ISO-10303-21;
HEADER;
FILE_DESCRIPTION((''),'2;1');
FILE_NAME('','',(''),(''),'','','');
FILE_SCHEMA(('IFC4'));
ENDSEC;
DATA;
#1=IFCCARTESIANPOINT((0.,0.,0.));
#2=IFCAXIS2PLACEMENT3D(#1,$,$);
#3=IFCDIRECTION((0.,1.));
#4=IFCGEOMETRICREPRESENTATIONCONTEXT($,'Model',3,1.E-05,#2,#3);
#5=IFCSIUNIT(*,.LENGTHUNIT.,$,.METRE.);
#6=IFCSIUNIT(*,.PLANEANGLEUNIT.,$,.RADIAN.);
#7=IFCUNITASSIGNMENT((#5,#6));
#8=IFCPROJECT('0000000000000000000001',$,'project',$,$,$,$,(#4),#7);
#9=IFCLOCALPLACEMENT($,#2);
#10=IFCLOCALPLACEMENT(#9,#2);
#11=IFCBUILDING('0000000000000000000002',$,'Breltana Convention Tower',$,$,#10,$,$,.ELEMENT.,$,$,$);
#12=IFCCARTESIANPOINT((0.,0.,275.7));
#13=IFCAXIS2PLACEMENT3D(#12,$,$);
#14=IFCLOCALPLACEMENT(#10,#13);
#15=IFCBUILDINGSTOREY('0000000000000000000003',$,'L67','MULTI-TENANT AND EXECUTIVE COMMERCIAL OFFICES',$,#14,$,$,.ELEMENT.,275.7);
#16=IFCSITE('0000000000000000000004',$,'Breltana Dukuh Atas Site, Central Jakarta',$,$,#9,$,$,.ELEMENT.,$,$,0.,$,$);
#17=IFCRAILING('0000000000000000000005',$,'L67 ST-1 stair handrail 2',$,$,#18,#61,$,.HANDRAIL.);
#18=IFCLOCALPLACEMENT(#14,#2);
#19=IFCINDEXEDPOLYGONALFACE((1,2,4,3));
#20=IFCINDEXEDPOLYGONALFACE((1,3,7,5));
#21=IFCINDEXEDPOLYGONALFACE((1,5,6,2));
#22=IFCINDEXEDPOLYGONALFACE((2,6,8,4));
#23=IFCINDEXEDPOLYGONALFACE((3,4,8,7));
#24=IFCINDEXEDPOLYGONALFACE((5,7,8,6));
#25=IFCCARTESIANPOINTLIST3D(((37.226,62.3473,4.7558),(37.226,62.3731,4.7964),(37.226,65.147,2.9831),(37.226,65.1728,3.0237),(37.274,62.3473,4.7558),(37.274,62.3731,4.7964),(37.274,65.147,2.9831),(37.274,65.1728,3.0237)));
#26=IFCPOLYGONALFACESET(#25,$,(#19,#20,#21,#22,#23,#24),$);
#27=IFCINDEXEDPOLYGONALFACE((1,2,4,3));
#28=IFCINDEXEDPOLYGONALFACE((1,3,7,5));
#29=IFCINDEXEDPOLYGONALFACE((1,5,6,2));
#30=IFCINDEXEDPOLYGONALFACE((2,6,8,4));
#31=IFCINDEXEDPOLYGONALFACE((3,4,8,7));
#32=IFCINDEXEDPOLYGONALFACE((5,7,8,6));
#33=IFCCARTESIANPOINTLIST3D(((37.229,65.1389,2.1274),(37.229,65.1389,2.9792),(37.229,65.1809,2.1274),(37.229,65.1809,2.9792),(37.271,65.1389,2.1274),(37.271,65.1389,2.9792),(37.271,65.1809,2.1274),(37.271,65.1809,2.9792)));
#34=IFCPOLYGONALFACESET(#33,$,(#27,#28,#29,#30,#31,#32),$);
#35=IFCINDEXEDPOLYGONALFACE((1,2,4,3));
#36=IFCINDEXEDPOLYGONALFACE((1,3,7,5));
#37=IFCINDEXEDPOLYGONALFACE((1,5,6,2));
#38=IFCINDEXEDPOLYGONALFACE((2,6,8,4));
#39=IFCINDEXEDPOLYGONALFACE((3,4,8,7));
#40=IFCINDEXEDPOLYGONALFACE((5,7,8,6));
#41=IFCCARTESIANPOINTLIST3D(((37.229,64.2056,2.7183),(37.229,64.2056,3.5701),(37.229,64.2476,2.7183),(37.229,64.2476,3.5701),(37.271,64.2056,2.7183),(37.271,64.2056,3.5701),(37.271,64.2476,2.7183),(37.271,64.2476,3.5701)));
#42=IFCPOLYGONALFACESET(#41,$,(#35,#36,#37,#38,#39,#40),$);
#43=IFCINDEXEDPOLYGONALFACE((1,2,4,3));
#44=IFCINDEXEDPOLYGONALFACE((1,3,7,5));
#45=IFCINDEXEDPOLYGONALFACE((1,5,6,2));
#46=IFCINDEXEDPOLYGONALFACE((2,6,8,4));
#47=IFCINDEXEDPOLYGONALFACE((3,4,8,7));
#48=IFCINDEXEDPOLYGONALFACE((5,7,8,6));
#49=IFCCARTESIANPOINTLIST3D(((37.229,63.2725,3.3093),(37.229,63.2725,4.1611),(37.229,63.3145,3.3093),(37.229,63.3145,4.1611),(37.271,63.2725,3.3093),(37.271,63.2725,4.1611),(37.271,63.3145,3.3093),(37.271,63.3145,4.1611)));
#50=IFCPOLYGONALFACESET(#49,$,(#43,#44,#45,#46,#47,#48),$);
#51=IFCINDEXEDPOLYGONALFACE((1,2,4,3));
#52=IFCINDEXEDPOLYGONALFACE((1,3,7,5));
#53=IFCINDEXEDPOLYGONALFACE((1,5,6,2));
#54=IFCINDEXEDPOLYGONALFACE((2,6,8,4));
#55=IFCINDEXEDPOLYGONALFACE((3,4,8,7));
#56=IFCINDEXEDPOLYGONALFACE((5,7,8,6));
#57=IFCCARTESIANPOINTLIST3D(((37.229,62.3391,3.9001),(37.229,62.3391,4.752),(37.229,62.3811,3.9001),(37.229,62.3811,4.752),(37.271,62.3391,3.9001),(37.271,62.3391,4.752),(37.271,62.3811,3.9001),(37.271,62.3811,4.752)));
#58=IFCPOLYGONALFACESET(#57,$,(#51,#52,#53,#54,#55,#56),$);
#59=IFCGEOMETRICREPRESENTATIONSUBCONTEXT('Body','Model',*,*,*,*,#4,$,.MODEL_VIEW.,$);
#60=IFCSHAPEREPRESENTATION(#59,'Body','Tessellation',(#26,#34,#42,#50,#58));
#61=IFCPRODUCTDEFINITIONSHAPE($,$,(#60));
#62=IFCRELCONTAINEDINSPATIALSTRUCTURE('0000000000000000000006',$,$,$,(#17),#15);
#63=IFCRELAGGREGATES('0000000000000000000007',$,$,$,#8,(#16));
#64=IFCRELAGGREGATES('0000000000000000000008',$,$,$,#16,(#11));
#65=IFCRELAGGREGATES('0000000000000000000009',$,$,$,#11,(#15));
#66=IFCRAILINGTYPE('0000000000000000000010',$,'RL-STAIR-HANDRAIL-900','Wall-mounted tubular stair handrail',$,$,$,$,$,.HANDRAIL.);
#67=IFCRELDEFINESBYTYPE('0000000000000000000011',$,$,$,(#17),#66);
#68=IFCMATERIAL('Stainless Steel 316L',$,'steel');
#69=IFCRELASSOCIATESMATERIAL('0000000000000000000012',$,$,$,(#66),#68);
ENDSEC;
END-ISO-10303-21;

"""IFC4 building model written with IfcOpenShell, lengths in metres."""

from ifc_helpers import new_model, si_unit, direction, frame, origin, origin_2d, place, context, subcontext, project, spatial, rectangle, extrude, material, type_object, element, save


model = new_model("IFC4")

# Units and contexts
model_context = context("Model", 3, precision=1e-05, world=origin(), true_north=direction((0.0, 1.0)))
body_context = subcontext(model_context, "Body", "Model", "MODEL_VIEW")
ifc_project = project(units=[si_unit("LENGTHUNIT", "METRE"), si_unit("PLANEANGLEUNIT", "RADIAN")], contexts=[model_context])

# Site, building, storey
site_placement = place(None, origin())
site = spatial("IfcSite", under=ifc_project, at=site_placement, Name="Breltana Dukuh Atas Site, Central Jakarta", CompositionType="ELEMENT", RefElevation=0.0)
building_placement = place(site_placement, origin())
building = spatial("IfcBuilding", under=site, at=building_placement, Name="Breltana Convention Tower", CompositionType="ELEMENT")
storey_placement = place(building_placement, frame((0.0, 0.0, 275.7)))
storey = spatial("IfcBuildingStorey", under=building, at=storey_placement, Name="L67", Description="MULTI-TENANT AND EXECUTIVE COMMERCIAL OFFICES", CompositionType="ELEMENT", Elevation=275.7)

# Railing
ifc_material_1 = material(Name="Stainless Steel 316L", Category="steel")
railing_type_1 = type_object("IfcRailingType", Name="RL-STAIR-HANDRAIL-900", Description="Wall-mounted tubular stair handrail", PredefinedType="HANDRAIL", material=ifc_material_1)
railing_1_placement = place(storey_placement, frame((37.25, 65.1599, 2.1274)))
element("IfcRailing", 1, at=railing_1_placement, inside=storey, type_object=railing_type_1, Name="L67 ST-1 stair handrail 2", PredefinedType="HANDRAIL", context=body_context, shape_type="SweptSolid", body=[
    extrude(rectangle(XDim=0.0481, YDim=0.0481, at=origin_2d()), frame((0.0, 0.0, 0.876), z_axis=(0.0, -0.844888, 0.534943), x_axis=(1.0, 0.0, 0.0)), (0.0, 0.0, 1.0), 3.3137),
    extrude(rectangle(XDim=0.042, YDim=0.042, at=origin_2d()), origin(), (0.0, 0.0, 1.0), 0.8518),
    extrude(rectangle(XDim=0.042, YDim=0.042, at=origin_2d()), frame((0.0, -0.9333, 0.5908)), (0.0, 0.0, 1.0), 0.8518),
    extrude(rectangle(XDim=0.042, YDim=0.042, at=origin_2d()), frame((0.0, -1.8665, 1.1819)), (0.0, 0.0, 1.0), 0.8518),
    extrude(rectangle(XDim=0.042, YDim=0.042, at=origin_2d()), frame((0.0, -2.7998, 1.7727)), (0.0, 0.0, 1.0), 0.8518),
])

save(model, "model.ifc")
